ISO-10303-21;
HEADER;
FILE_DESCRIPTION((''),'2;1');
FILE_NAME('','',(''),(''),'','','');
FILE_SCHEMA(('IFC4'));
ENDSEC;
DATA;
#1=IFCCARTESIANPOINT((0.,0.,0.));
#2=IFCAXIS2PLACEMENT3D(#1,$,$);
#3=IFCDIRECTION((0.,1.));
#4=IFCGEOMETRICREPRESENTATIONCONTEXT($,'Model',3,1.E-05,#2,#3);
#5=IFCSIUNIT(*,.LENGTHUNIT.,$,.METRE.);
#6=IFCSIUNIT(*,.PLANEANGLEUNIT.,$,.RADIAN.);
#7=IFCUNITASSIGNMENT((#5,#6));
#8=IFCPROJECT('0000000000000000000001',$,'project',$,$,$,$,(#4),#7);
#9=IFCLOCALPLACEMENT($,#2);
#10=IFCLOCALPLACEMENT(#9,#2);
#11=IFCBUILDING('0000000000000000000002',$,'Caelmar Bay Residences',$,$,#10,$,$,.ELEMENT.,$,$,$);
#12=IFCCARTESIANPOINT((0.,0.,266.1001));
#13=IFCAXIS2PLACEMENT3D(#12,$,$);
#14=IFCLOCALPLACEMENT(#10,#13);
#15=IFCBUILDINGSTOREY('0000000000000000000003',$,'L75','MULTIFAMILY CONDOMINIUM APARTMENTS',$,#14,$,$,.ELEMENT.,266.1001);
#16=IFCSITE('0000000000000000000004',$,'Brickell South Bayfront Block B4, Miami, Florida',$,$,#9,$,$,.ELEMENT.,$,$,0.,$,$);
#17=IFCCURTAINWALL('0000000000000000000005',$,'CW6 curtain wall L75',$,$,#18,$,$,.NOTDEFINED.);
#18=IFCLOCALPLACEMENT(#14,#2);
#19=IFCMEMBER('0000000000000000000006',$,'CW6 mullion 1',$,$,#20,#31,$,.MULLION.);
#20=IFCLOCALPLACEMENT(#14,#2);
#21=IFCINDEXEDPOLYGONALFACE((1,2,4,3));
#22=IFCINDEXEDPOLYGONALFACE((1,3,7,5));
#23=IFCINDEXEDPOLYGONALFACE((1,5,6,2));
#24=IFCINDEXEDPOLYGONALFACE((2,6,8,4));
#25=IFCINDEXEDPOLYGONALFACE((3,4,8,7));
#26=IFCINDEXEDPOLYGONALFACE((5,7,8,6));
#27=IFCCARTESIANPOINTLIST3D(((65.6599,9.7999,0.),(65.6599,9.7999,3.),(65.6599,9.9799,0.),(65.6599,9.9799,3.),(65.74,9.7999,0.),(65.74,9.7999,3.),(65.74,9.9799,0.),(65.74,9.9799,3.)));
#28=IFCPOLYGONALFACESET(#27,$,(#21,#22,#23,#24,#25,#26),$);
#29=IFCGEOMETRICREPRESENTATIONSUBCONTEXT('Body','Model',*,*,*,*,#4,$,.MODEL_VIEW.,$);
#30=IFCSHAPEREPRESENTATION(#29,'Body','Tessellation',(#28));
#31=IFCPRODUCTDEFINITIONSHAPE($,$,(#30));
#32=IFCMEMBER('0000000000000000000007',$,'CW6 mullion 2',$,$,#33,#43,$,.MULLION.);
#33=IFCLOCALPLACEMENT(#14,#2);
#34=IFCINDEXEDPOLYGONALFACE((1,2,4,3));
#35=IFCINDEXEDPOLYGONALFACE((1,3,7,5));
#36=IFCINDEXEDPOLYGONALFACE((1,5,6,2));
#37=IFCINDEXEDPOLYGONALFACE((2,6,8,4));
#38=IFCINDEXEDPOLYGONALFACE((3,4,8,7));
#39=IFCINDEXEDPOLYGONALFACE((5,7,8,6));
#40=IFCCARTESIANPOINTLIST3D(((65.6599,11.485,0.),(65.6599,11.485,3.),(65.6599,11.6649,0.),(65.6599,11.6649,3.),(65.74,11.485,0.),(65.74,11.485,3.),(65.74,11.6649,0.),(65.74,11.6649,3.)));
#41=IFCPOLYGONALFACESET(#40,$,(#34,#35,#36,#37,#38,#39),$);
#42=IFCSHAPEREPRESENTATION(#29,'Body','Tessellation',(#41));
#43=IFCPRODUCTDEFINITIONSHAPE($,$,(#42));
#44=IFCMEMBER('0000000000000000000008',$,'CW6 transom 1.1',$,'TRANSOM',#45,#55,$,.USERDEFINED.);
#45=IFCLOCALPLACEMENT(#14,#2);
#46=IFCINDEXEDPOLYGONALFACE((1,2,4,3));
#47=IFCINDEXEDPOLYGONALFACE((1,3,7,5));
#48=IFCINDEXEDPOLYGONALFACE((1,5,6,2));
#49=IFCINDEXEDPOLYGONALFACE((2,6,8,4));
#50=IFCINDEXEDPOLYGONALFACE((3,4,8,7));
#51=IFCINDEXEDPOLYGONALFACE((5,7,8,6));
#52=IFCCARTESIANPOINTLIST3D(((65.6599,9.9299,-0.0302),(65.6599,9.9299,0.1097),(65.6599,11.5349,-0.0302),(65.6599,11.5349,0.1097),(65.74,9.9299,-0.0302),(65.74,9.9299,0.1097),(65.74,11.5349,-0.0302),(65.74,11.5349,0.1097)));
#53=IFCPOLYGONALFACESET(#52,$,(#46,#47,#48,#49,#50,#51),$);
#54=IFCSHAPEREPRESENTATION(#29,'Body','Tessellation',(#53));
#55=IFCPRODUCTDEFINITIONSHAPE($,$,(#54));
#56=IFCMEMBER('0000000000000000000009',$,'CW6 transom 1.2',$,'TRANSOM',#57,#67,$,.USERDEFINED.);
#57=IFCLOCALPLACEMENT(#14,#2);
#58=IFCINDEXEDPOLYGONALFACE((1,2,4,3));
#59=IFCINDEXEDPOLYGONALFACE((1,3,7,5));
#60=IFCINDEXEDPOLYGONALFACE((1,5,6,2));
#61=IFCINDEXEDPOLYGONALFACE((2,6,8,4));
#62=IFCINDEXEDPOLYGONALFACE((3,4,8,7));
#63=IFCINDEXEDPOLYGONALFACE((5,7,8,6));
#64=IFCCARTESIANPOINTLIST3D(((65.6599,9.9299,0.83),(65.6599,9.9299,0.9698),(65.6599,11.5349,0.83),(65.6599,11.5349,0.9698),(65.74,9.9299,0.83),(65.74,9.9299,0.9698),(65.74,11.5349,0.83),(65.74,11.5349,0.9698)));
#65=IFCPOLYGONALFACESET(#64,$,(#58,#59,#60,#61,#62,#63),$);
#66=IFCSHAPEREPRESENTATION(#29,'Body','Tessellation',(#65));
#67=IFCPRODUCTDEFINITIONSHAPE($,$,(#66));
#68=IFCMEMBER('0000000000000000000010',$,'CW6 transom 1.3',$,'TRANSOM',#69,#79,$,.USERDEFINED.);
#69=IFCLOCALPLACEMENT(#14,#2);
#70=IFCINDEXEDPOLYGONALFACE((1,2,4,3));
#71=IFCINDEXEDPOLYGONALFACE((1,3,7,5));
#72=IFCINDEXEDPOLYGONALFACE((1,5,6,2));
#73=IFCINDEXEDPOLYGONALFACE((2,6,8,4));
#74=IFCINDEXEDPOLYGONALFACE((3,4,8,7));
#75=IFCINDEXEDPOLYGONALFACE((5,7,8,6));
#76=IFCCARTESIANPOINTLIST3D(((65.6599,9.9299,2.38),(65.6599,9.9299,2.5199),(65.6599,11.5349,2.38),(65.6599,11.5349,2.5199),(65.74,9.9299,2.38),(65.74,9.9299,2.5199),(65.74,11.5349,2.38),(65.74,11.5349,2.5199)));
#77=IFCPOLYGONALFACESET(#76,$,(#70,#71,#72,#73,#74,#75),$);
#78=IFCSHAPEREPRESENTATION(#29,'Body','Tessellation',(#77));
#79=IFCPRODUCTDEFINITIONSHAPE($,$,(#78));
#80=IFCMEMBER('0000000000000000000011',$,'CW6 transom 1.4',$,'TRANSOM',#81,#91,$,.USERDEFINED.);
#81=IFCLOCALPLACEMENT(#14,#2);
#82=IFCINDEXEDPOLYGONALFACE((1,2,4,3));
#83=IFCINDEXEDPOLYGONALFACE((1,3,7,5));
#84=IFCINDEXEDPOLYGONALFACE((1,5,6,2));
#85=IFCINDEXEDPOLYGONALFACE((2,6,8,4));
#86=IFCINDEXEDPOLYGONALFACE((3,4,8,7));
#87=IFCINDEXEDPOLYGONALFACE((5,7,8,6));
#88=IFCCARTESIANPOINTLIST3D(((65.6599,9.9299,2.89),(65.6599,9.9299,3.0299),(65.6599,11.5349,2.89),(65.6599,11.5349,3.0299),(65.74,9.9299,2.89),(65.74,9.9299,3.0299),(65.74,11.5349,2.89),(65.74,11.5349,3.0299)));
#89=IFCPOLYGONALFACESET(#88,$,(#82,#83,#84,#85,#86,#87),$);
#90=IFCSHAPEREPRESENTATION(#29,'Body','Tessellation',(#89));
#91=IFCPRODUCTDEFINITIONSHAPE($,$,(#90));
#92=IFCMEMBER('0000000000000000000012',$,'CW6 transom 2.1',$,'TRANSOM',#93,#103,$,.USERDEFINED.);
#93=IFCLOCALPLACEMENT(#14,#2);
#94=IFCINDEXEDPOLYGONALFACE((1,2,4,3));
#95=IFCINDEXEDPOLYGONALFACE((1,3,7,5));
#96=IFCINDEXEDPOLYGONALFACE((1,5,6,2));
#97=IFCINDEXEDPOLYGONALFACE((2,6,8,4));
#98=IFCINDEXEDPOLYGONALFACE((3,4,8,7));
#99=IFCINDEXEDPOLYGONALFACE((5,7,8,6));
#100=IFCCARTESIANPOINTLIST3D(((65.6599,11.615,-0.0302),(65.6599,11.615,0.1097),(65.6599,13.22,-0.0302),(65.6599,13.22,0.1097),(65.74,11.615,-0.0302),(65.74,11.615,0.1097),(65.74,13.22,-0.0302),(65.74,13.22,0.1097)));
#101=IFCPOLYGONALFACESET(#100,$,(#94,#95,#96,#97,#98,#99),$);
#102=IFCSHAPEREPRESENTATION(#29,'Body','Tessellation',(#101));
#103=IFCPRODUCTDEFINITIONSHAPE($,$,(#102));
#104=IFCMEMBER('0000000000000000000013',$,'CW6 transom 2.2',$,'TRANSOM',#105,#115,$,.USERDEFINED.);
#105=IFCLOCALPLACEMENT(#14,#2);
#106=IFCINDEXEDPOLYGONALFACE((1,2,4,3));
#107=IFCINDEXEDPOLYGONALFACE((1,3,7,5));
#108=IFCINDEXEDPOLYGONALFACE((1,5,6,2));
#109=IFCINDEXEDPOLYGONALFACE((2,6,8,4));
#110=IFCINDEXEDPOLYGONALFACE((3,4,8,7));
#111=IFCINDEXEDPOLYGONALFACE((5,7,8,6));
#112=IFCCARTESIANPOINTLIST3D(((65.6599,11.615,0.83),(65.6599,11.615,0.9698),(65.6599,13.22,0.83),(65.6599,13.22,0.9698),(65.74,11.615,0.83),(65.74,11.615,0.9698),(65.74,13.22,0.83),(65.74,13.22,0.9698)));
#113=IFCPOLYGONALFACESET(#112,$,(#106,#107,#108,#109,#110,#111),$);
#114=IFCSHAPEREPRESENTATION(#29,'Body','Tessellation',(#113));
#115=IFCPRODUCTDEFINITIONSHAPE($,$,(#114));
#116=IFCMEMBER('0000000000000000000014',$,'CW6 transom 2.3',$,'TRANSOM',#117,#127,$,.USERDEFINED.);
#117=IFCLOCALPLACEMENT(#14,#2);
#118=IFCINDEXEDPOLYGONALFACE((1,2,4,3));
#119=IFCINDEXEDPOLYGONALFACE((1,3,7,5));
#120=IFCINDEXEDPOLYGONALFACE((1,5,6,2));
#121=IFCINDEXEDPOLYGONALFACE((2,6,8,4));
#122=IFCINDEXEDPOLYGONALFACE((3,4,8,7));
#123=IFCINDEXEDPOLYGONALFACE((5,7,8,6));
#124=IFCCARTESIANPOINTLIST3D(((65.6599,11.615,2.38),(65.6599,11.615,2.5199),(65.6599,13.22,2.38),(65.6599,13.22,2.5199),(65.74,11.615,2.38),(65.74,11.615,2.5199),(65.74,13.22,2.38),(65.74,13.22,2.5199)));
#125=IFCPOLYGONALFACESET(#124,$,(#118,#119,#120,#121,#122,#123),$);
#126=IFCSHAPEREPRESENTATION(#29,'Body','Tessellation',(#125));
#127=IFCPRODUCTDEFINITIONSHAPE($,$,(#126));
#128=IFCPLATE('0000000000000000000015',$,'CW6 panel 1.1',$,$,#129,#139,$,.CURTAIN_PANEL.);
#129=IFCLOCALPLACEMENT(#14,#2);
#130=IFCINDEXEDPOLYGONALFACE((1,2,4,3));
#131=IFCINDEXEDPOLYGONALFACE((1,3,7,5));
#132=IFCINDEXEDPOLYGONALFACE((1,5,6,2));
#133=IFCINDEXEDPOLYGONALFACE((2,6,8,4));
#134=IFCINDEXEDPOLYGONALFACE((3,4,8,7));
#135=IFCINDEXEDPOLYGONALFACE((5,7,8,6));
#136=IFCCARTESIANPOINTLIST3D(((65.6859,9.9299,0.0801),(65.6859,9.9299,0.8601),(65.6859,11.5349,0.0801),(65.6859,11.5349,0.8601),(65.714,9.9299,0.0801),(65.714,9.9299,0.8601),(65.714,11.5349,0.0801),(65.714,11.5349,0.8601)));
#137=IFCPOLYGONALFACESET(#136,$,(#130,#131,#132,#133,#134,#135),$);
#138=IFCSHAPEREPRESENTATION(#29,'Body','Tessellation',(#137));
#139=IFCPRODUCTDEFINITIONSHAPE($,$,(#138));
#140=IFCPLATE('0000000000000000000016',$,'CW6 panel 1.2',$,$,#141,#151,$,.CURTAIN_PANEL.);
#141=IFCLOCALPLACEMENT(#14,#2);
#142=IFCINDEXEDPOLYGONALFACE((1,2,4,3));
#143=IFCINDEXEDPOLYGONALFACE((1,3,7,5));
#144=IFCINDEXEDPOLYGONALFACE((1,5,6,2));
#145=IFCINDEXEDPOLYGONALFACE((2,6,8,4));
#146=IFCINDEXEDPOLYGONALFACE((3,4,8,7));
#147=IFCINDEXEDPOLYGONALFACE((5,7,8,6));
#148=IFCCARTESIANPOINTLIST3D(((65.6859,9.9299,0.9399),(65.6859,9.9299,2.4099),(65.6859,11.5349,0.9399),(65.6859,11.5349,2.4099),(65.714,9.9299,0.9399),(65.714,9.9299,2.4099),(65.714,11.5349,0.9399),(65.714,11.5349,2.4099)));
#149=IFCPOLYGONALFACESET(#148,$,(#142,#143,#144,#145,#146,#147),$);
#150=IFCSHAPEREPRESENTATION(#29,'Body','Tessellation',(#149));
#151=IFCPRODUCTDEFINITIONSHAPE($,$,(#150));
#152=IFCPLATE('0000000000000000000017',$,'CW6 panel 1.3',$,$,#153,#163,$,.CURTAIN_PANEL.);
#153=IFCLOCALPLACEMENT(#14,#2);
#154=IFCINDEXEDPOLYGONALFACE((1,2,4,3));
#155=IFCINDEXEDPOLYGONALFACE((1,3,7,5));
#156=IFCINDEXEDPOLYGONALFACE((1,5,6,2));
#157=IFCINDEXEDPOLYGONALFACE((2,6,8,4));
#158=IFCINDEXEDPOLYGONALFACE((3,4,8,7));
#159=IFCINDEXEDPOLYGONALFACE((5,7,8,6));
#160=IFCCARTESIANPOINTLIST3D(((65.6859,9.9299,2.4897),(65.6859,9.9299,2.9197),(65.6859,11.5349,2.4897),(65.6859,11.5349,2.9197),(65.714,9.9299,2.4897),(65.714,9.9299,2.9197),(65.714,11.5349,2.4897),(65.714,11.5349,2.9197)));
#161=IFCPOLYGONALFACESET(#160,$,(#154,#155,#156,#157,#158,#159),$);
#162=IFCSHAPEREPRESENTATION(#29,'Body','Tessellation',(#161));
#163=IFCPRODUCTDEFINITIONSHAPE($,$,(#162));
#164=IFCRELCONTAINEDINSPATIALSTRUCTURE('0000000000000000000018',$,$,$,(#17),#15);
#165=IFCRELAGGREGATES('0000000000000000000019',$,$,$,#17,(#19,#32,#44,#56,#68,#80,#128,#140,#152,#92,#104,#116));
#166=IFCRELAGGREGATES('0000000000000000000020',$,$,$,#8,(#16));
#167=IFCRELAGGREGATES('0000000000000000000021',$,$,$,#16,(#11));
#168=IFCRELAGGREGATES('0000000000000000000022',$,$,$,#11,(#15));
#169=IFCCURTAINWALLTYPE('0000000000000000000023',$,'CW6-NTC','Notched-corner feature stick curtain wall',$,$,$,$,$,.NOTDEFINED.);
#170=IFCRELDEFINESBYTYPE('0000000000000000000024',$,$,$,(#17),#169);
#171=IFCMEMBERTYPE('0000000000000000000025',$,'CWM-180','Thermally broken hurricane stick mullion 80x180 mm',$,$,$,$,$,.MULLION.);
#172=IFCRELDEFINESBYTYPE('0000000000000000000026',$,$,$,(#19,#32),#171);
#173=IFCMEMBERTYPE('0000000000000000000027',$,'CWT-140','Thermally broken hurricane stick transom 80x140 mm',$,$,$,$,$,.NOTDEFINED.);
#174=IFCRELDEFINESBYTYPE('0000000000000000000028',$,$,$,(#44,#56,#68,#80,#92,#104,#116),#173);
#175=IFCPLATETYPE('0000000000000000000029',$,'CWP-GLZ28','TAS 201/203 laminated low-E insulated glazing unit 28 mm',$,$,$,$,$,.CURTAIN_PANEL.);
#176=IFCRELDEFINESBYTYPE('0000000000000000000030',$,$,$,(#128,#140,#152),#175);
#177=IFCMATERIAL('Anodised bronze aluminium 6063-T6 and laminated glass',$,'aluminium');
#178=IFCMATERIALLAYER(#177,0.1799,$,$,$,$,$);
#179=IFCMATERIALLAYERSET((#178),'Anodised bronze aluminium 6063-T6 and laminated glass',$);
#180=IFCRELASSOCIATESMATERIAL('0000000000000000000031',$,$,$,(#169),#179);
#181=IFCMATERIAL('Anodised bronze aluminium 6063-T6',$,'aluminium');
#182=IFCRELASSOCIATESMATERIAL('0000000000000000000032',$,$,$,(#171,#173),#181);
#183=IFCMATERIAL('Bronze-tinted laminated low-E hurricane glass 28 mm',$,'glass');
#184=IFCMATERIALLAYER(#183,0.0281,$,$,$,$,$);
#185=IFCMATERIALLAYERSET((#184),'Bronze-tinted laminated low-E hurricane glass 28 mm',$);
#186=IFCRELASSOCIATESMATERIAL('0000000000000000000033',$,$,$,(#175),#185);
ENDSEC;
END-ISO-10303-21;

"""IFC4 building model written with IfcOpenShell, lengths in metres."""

from ifc_helpers import new_model, si_unit, direction, frame, origin, origin_2d, place, context, subcontext, project, spatial, rectangle, extrude, material, layer, layer_set, material_profile, profile_set, type_object, element, aggregate, save


model = new_model("IFC4")

# Units and contexts
model_context = context("Model", 3, precision=1e-05, world=origin(), true_north=direction((0.0, 1.0)))
body_context = subcontext(model_context, "Body", "Model", "MODEL_VIEW")
ifc_project = project(units=[si_unit("LENGTHUNIT", "METRE"), si_unit("PLANEANGLEUNIT", "RADIAN")], contexts=[model_context])

# Site, building, storey
site_placement = place(None, origin())
site = spatial("IfcSite", under=ifc_project, at=site_placement, Name="Brickell South Bayfront Block B4, Miami, Florida", CompositionType="ELEMENT", RefElevation=0.0)
building_placement = place(site_placement, origin())
building = spatial("IfcBuilding", under=site, at=building_placement, Name="Caelmar Bay Residences", CompositionType="ELEMENT")
storey_placement = place(building_placement, frame((0.0, 0.0, 266.1001)))
storey = spatial("IfcBuildingStorey", under=building, at=storey_placement, Name="L75", Description="MULTIFAMILY CONDOMINIUM APARTMENTS", CompositionType="ELEMENT", Elevation=266.1001)

# Curtain wall, members, plates
ifc_material_1 = material(Name="Anodised bronze aluminium 6063-T6 and laminated glass", Category="aluminium")
ifc_layer_1 = layer(ifc_material_1, 0.1799)
ifc_layer_set_1 = layer_set([ifc_layer_1], Name="Anodised bronze aluminium 6063-T6 and laminated glass")
curtain_wall_type = type_object("IfcCurtainWallType", Name="CW6-NTC", Description="Notched-corner feature stick curtain wall", PredefinedType="NOTDEFINED", material=ifc_layer_set_1)
curtain_wall_placement = place(storey_placement, origin())
curtain_wall = element("IfcCurtainWall", 1, at=curtain_wall_placement, inside=storey, type_object=curtain_wall_type, Name="CW6 curtain wall L75", PredefinedType="NOTDEFINED")
ifc_material_2 = material(Name="Anodised bronze aluminium 6063-T6", Category="aluminium")
ifc_material_profile_1 = material_profile(ifc_material_2, rectangle(XDim=0.0801, YDim=0.1799, at=origin_2d()), Name="CWM-80X180")
ifc_profile_set_1 = profile_set([ifc_material_profile_1], Name="Anodised bronze aluminium 6063-T6")
member_type_1 = type_object("IfcMemberType", Name="CWM-180", Description="Thermally broken hurricane stick mullion 80x180 mm", PredefinedType="MULLION", material=ifc_profile_set_1)
member_1_placement = place(storey_placement, frame((65.7, 9.8899, 0.0), z_axis=(0.0, 0.0, 1.0), x_axis=(-1.0, 0.0, 0.0)))
member_1 = element("IfcMember", 2, at=member_1_placement, type_object=member_type_1, Name="CW6 mullion 1", PredefinedType="MULLION", context=body_context, shape_type="SweptSolid", body=[
    extrude(rectangle(XDim=0.0801, YDim=0.1799, at=origin_2d()), origin(), (0.0, 0.0, 1.0), 3.0),
])
member_2_placement = place(storey_placement, frame((65.7, 11.575, 0.0), z_axis=(0.0, 0.0, 1.0), x_axis=(-1.0, 0.0, 0.0)))
member_2 = element("IfcMember", 3, at=member_2_placement, type_object=member_type_1, Name="CW6 mullion 2", PredefinedType="MULLION", context=body_context, shape_type="SweptSolid", body=[
    extrude(rectangle(XDim=0.0801, YDim=0.1799, at=origin_2d()), origin(), (0.0, 0.0, 1.0), 3.0),
])
ifc_material_profile_2 = material_profile(ifc_material_2, rectangle(XDim=0.0801, YDim=0.1399, at=origin_2d()), Name="CWT-80X140")
ifc_profile_set_2 = profile_set([ifc_material_profile_2], Name="Anodised bronze aluminium 6063-T6")
member_type_2 = type_object("IfcMemberType", Name="CWT-140", Description="Thermally broken hurricane stick transom 80x140 mm", PredefinedType="NOTDEFINED", material=ifc_profile_set_2)
member_3_placement = place(storey_placement, frame((65.7, 9.9299, 0.0398), z_axis=(0.0, 1.0, 0.0), x_axis=(-1.0, 0.0, 0.0)))
member_3 = element("IfcMember", 4, at=member_3_placement, type_object=member_type_2, Name="CW6 transom 1.1", ObjectType="TRANSOM", PredefinedType="USERDEFINED", context=body_context, shape_type="SweptSolid", body=[
    extrude(rectangle(XDim=0.0801, YDim=0.1399, at=origin_2d()), origin(), (0.0, 0.0, 1.0), 1.605),
])
member_4_placement = place(storey_placement, frame((65.7, 9.9299, 0.8999), z_axis=(0.0, 1.0, 0.0), x_axis=(-1.0, 0.0, 0.0)))
member_4 = element("IfcMember", 5, at=member_4_placement, type_object=member_type_2, Name="CW6 transom 1.2", ObjectType="TRANSOM", PredefinedType="USERDEFINED", context=body_context, shape_type="SweptSolid", body=[
    extrude(rectangle(XDim=0.0801, YDim=0.1399, at=origin_2d()), origin(), (0.0, 0.0, 1.0), 1.605),
])
member_5_placement = place(storey_placement, frame((65.7, 9.9299, 2.45), z_axis=(0.0, 1.0, 0.0), x_axis=(-1.0, 0.0, 0.0)))
member_5 = element("IfcMember", 6, at=member_5_placement, type_object=member_type_2, Name="CW6 transom 1.3", ObjectType="TRANSOM", PredefinedType="USERDEFINED", context=body_context, shape_type="SweptSolid", body=[
    extrude(rectangle(XDim=0.0801, YDim=0.1399, at=origin_2d()), origin(), (0.0, 0.0, 1.0), 1.605),
])
member_6_placement = place(storey_placement, frame((65.7, 9.9299, 2.96), z_axis=(0.0, 1.0, 0.0), x_axis=(-1.0, 0.0, 0.0)))
member_6 = element("IfcMember", 7, at=member_6_placement, type_object=member_type_2, Name="CW6 transom 1.4", ObjectType="TRANSOM", PredefinedType="USERDEFINED", context=body_context, shape_type="SweptSolid", body=[
    extrude(rectangle(XDim=0.0801, YDim=0.1399, at=origin_2d()), origin(), (0.0, 0.0, 1.0), 1.605),
])
member_7_placement = place(storey_placement, frame((65.7, 11.615, 0.0398), z_axis=(0.0, 1.0, 0.0), x_axis=(-1.0, 0.0, 0.0)))
member_7 = element("IfcMember", 8, at=member_7_placement, type_object=member_type_2, Name="CW6 transom 2.1", ObjectType="TRANSOM", PredefinedType="USERDEFINED", context=body_context, shape_type="SweptSolid", body=[
    extrude(rectangle(XDim=0.0801, YDim=0.1399, at=origin_2d()), origin(), (0.0, 0.0, 1.0), 1.605),
])
member_8_placement = place(storey_placement, frame((65.7, 11.615, 0.8999), z_axis=(0.0, 1.0, 0.0), x_axis=(-1.0, 0.0, 0.0)))
member_8 = element("IfcMember", 9, at=member_8_placement, type_object=member_type_2, Name="CW6 transom 2.2", ObjectType="TRANSOM", PredefinedType="USERDEFINED", context=body_context, shape_type="SweptSolid", body=[
    extrude(rectangle(XDim=0.0801, YDim=0.1399, at=origin_2d()), origin(), (0.0, 0.0, 1.0), 1.605),
])
member_9_placement = place(storey_placement, frame((65.7, 11.615, 2.45), z_axis=(0.0, 1.0, 0.0), x_axis=(-1.0, 0.0, 0.0)))
member_9 = element("IfcMember", 10, at=member_9_placement, type_object=member_type_2, Name="CW6 transom 2.3", ObjectType="TRANSOM", PredefinedType="USERDEFINED", context=body_context, shape_type="SweptSolid", body=[
    extrude(rectangle(XDim=0.0801, YDim=0.1399, at=origin_2d()), origin(), (0.0, 0.0, 1.0), 1.605),
])
ifc_material_3 = material(Name="Bronze-tinted laminated low-E hurricane glass 28 mm", Category="glass")
ifc_layer_2 = layer(ifc_material_3, 0.0281)
ifc_layer_set_2 = layer_set([ifc_layer_2], Name="Bronze-tinted laminated low-E hurricane glass 28 mm")
plate_type = type_object("IfcPlateType", Name="CWP-GLZ28", Description="TAS 201/203 laminated low-E insulated glazing unit 28 mm", PredefinedType="CURTAIN_PANEL", material=ifc_layer_set_2)
plate_1_placement = place(storey_placement, frame((65.7, 10.7324, 0.0801), z_axis=(0.0, 0.0, 1.0), x_axis=(0.0, 1.0, 0.0)))
plate_1 = element("IfcPlate", 11, at=plate_1_placement, type_object=plate_type, Name="CW6 panel 1.1", PredefinedType="CURTAIN_PANEL", context=body_context, shape_type="SweptSolid", body=[
    extrude(rectangle(XDim=1.605, YDim=0.0281, at=origin_2d()), origin(), (0.0, 0.0, 1.0), 0.78),
])
plate_2_placement = place(storey_placement, frame((65.7, 10.7324, 0.9399), z_axis=(0.0, 0.0, 1.0), x_axis=(0.0, 1.0, 0.0)))
plate_2 = element("IfcPlate", 12, at=plate_2_placement, type_object=plate_type, Name="CW6 panel 1.2", PredefinedType="CURTAIN_PANEL", context=body_context, shape_type="SweptSolid", body=[
    extrude(rectangle(XDim=1.605, YDim=0.0281, at=origin_2d()), origin(), (0.0, 0.0, 1.0), 1.47),
])
plate_3_placement = place(storey_placement, frame((65.7, 10.7324, 2.4897), z_axis=(0.0, 0.0, 1.0), x_axis=(0.0, 1.0, 0.0)))
plate_3 = element("IfcPlate", 13, at=plate_3_placement, type_object=plate_type, Name="CW6 panel 1.3", PredefinedType="CURTAIN_PANEL", context=body_context, shape_type="SweptSolid", body=[
    extrude(rectangle(XDim=1.605, YDim=0.0281, at=origin_2d()), origin(), (0.0, 0.0, 1.0), 0.4299),
])
aggregate(curtain_wall, [member_1, member_2, member_3, member_4, member_5, member_6, plate_1, plate_2, plate_3, member_7, member_8, member_9])

save(model, "model.ifc")
